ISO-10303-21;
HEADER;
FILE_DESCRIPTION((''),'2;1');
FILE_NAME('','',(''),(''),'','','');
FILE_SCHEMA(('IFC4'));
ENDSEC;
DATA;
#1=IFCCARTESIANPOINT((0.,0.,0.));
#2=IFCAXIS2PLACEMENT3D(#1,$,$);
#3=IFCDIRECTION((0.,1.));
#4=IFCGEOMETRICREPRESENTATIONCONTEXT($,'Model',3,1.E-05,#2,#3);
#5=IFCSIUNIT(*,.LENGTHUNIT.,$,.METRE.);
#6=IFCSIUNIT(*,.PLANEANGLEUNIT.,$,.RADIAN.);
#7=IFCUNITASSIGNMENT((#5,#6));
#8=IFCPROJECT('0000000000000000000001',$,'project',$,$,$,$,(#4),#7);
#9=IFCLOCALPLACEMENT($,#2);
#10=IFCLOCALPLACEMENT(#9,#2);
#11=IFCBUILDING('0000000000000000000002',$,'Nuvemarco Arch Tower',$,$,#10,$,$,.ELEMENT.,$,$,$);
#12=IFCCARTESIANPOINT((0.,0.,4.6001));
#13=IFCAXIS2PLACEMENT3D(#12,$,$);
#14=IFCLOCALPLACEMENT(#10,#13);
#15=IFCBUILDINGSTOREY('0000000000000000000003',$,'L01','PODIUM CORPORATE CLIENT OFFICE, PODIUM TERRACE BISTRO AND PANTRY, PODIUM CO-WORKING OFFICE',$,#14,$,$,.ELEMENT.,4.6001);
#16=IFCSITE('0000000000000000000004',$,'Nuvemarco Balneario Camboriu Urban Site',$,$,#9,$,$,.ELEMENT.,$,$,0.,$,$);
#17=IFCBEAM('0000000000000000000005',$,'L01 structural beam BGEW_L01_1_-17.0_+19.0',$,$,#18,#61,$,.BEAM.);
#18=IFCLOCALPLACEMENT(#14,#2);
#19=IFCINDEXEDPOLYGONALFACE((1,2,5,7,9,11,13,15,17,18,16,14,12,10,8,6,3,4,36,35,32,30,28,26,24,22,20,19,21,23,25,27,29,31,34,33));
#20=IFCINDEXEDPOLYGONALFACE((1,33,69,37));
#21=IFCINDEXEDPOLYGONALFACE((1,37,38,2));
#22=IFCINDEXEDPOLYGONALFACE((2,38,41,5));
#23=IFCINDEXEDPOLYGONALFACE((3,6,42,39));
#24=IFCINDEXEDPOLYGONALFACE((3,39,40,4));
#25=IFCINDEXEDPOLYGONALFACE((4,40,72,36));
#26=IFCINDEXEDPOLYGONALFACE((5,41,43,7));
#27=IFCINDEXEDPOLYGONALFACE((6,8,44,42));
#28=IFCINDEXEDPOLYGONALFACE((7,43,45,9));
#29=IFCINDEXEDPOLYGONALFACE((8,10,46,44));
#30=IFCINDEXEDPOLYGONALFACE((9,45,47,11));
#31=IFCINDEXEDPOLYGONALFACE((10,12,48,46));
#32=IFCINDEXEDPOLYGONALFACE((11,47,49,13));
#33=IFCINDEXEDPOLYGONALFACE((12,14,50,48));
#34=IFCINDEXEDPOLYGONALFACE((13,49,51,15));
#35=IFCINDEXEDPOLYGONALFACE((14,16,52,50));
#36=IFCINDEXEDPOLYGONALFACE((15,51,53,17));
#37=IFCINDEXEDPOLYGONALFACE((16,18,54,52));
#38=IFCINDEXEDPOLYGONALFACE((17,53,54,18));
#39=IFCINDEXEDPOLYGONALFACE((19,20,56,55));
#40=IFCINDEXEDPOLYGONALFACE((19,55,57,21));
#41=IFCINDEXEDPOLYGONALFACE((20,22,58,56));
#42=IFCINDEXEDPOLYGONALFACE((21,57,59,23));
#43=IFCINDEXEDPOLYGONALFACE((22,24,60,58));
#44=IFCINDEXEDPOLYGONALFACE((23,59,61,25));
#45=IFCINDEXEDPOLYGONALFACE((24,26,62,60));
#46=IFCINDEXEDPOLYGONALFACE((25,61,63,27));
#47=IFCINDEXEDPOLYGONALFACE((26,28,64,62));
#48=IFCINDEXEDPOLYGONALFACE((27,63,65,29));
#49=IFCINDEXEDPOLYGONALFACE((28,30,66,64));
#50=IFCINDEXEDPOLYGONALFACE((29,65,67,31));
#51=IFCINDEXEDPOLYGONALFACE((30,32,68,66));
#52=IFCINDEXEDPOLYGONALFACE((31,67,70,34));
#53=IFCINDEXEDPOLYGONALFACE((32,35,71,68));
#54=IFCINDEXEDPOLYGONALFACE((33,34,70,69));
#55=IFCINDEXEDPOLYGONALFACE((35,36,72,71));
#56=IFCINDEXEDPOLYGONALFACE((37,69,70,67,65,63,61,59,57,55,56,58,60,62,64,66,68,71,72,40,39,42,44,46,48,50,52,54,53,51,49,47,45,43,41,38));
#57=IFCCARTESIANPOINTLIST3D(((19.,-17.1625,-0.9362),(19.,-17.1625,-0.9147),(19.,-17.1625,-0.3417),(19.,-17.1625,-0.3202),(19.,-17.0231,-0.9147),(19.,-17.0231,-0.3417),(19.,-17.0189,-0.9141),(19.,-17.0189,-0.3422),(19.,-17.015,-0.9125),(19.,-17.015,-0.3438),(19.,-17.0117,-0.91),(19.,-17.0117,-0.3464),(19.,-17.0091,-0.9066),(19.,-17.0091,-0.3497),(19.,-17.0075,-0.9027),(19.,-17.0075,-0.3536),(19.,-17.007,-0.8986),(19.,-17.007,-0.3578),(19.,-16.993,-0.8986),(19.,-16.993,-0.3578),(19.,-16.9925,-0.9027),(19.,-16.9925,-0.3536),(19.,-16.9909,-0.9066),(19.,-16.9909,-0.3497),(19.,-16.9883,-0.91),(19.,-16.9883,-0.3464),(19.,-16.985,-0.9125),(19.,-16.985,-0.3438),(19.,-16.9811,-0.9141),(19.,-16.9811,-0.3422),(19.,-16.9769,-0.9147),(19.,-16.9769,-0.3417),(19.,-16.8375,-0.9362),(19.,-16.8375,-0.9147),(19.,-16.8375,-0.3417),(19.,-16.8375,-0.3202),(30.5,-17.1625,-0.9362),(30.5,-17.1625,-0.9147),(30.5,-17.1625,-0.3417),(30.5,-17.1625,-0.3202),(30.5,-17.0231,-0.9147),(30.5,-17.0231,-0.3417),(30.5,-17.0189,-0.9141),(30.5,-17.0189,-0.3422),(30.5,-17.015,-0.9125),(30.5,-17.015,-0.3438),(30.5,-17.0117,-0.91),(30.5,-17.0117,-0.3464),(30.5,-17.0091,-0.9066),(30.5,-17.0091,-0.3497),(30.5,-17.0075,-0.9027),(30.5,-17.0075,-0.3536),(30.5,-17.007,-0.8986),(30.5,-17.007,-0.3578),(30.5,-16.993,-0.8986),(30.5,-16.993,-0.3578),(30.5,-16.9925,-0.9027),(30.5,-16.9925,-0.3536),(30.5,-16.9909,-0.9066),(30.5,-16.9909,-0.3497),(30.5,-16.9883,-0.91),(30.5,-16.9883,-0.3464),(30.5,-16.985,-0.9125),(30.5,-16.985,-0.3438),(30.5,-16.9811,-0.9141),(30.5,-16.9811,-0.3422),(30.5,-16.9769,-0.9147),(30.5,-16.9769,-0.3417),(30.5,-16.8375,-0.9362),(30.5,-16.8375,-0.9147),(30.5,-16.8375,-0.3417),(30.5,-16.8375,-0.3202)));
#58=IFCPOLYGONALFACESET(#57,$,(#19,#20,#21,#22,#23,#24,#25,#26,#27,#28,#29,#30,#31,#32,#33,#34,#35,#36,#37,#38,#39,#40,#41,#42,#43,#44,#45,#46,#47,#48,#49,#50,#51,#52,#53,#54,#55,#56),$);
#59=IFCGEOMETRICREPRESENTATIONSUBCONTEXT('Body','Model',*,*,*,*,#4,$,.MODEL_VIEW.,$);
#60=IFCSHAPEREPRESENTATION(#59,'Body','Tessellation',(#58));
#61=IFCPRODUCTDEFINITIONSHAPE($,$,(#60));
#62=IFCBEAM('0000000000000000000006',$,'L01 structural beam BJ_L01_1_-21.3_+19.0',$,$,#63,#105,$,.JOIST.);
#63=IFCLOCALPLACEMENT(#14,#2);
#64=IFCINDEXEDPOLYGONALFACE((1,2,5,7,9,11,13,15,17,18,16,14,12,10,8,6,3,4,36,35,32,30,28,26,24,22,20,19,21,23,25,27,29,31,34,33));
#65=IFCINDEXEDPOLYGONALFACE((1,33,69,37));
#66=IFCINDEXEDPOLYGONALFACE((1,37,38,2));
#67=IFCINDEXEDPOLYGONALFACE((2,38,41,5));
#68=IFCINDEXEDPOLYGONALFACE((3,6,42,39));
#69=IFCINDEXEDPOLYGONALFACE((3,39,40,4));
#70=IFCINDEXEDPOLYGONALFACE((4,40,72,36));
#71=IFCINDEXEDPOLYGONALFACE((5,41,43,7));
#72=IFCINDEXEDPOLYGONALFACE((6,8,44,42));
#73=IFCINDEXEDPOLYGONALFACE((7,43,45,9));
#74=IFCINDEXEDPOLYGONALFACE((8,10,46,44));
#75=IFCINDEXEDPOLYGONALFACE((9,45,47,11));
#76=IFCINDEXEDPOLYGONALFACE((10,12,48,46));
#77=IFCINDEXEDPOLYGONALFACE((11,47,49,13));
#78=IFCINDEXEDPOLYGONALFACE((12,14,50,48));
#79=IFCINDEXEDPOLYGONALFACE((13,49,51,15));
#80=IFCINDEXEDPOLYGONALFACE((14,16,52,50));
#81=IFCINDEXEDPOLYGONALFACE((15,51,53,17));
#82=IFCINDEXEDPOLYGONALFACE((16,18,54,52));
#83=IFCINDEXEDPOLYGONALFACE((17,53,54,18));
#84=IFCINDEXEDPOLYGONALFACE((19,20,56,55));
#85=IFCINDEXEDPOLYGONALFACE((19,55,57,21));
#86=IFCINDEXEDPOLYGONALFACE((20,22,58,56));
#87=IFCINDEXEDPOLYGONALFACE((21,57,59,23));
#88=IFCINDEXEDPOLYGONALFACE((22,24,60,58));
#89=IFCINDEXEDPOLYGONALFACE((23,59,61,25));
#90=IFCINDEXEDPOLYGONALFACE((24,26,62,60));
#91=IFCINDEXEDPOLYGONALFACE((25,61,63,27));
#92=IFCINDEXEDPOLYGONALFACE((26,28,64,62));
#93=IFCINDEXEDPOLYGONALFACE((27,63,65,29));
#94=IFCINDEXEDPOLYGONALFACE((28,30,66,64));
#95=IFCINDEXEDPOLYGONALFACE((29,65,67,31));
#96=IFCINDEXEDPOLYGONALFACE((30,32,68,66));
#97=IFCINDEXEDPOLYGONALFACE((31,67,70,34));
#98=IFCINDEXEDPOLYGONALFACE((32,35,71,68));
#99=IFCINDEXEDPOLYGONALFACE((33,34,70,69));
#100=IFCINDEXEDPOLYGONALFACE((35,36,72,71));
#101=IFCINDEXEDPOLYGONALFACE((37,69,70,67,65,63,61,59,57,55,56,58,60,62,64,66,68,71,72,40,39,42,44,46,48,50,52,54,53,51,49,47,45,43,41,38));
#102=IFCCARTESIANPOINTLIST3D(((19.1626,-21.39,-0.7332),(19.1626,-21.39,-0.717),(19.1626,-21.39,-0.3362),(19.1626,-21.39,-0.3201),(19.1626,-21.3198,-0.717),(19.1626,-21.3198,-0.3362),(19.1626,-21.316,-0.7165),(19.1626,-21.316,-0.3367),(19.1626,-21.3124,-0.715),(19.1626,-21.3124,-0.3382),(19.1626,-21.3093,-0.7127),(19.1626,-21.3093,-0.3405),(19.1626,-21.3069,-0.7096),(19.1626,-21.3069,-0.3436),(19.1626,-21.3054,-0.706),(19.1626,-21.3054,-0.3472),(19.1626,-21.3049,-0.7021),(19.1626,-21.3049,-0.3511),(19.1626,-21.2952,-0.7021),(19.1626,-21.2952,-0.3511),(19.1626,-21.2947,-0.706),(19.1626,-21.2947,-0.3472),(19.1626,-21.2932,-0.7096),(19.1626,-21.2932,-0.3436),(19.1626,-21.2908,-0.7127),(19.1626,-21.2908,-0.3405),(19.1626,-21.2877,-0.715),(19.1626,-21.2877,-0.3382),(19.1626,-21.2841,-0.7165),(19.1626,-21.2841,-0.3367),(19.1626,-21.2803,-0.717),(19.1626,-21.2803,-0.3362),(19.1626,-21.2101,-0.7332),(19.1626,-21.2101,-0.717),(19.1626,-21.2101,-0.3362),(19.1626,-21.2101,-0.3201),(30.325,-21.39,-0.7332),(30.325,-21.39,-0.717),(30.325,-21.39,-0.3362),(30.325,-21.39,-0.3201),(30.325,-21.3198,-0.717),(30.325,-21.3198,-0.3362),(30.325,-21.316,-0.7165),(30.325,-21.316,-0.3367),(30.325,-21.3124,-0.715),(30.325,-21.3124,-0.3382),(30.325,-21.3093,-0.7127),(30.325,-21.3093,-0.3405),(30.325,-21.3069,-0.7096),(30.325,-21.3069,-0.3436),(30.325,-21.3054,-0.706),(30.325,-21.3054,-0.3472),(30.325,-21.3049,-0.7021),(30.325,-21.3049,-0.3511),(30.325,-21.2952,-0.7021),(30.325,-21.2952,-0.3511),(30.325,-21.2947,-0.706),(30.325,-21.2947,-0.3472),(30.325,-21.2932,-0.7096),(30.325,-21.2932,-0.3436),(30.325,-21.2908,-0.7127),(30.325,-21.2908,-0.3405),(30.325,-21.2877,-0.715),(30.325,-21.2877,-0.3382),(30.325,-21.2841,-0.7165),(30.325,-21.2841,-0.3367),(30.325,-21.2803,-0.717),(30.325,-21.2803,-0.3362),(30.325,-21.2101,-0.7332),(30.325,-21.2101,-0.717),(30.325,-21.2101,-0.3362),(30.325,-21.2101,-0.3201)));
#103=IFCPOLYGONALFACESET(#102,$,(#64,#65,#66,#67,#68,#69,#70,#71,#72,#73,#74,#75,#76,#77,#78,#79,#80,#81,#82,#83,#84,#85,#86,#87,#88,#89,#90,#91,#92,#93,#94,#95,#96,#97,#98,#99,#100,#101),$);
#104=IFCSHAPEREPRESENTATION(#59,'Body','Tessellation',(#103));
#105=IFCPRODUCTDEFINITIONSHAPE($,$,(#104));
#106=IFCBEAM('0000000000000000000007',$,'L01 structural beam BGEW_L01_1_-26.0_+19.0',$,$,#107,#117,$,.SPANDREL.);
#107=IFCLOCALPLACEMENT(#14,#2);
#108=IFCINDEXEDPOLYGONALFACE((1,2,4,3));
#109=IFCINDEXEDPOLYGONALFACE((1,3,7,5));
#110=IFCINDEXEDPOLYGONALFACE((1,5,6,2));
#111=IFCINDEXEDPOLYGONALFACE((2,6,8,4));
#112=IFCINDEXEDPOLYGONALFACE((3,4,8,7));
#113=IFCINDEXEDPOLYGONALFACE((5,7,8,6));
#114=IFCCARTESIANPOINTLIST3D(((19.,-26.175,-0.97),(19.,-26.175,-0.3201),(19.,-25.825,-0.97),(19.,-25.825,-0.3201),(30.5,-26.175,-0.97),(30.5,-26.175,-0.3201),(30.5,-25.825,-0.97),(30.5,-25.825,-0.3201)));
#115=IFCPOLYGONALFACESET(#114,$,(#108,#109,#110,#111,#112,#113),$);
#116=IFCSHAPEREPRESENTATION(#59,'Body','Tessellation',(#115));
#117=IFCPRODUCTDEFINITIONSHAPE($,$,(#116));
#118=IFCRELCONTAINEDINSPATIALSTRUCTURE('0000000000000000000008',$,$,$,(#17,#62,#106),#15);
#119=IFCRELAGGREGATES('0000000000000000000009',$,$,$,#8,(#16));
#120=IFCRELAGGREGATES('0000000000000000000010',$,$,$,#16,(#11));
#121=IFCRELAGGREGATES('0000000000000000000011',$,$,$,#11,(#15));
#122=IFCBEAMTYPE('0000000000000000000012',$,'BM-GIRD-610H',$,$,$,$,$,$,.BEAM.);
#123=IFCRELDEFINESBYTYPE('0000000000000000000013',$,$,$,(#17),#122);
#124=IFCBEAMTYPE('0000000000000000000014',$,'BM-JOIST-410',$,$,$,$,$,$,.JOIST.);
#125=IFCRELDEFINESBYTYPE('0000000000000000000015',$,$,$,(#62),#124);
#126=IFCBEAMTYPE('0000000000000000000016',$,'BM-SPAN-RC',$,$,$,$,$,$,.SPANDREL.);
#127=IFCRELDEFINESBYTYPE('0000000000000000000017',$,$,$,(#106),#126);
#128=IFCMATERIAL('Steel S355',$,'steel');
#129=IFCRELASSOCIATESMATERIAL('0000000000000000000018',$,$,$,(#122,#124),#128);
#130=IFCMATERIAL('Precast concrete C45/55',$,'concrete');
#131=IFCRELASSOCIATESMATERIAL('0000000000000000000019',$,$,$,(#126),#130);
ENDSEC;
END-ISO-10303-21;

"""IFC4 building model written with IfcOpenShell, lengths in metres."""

from ifc_helpers import new_model, si_unit, direction, frame, origin, origin_2d, place, context, subcontext, project, spatial, rectangle, i_section, extrude, material, material_profile, profile_set, type_object, element, save


model = new_model("IFC4")

# Units and contexts
model_context = context("Model", 3, precision=1e-05, world=origin(), true_north=direction((0.0, 1.0)))
body_context = subcontext(model_context, "Body", "Model", "MODEL_VIEW")
ifc_project = project(units=[si_unit("LENGTHUNIT", "METRE"), si_unit("PLANEANGLEUNIT", "RADIAN")], contexts=[model_context])

# Site, building, storey
site_placement = place(None, origin())
site = spatial("IfcSite", under=ifc_project, at=site_placement, Name="Nuvemarco Balneario Camboriu Urban Site", CompositionType="ELEMENT", RefElevation=0.0)
building_placement = place(site_placement, origin())
building = spatial("IfcBuilding", under=site, at=building_placement, Name="Nuvemarco Arch Tower", CompositionType="ELEMENT")
storey_placement = place(building_placement, frame((0.0, 0.0, 4.6001)))
storey = spatial("IfcBuildingStorey", under=building, at=storey_placement, Name="L01", Description="PODIUM CORPORATE CLIENT OFFICE, PODIUM TERRACE BISTRO AND PANTRY, PODIUM CO-WORKING OFFICE", CompositionType="ELEMENT", Elevation=4.6001)

# Beams
ifc_material_1 = material(Name="Steel S355", Category="steel")
ifc_material_profile_1 = material_profile(ifc_material_1, i_section(OverallWidth=0.325, OverallDepth=0.616, WebThickness=0.0139, FlangeThickness=0.0215, FilletRadius=0.0161, at=origin_2d()), Name="W610x174")
ifc_profile_set_1 = profile_set([ifc_material_profile_1], Name="Steel S355")
beam_type_1 = type_object("IfcBeamType", Name="BM-GIRD-610H", PredefinedType="BEAM", material=ifc_profile_set_1)
beam_1_placement = place(storey_placement, frame((19.0, -17.0, -0.6282), z_axis=(1.0, 0.0, 0.0), x_axis=(0.0, 1.0, 0.0)))
element("IfcBeam", 1, at=beam_1_placement, inside=storey, type_object=beam_type_1, Name="L01 structural beam BGEW_L01_1_-17.0_+19.0", PredefinedType="BEAM", context=body_context, shape_type="SweptSolid", body=[
    extrude(i_section(OverallWidth=0.325, OverallDepth=0.616, WebThickness=0.0139, FlangeThickness=0.0215, FilletRadius=0.0161, at=origin_2d()), origin(), (0.0, 0.0, 1.0), 11.5),
])
ifc_material_profile_2 = material_profile(ifc_material_1, i_section(OverallWidth=0.1799, OverallDepth=0.4131, WebThickness=0.0098, FlangeThickness=0.0161, FilletRadius=0.0149, at=origin_2d()), Name="W410x75")
ifc_profile_set_2 = profile_set([ifc_material_profile_2], Name="Steel S355")
beam_type_2 = type_object("IfcBeamType", Name="BM-JOIST-410", PredefinedType="JOIST", material=ifc_profile_set_2)
beam_2_placement = place(storey_placement, frame((19.1626, -21.3, -0.5266), z_axis=(1.0, 0.0, 0.0), x_axis=(0.0, 1.0, 0.0)))
element("IfcBeam", 2, at=beam_2_placement, inside=storey, type_object=beam_type_2, Name="L01 structural beam BJ_L01_1_-21.3_+19.0", PredefinedType="JOIST", context=body_context, shape_type="SweptSolid", body=[
    extrude(i_section(OverallWidth=0.1799, OverallDepth=0.4131, WebThickness=0.0098, FlangeThickness=0.0161, FilletRadius=0.0149, at=origin_2d()), origin(), (0.0, 0.0, 1.0), 11.1624),
])
ifc_material_2 = material(Name="Precast concrete C45/55", Category="concrete")
ifc_material_profile_3 = material_profile(ifc_material_2, rectangle(XDim=0.3501, YDim=0.6499, at=origin_2d()), Name="PC-SP-350x650")
ifc_profile_set_3 = profile_set([ifc_material_profile_3], Name="Precast concrete C45/55")
beam_type_3 = type_object("IfcBeamType", Name="BM-SPAN-RC", PredefinedType="SPANDREL", material=ifc_profile_set_3)
beam_3_placement = place(storey_placement, frame((19.0, -26.0, -0.645), z_axis=(1.0, 0.0, 0.0), x_axis=(0.0, 1.0, 0.0)))
element("IfcBeam", 3, at=beam_3_placement, inside=storey, type_object=beam_type_3, Name="L01 structural beam BGEW_L01_1_-26.0_+19.0", PredefinedType="SPANDREL", context=body_context, shape_type="SweptSolid", body=[
    extrude(rectangle(XDim=0.3501, YDim=0.6499, at=origin_2d()), origin(), (0.0, 0.0, 1.0), 11.5),
])

save(model, "model.ifc")
